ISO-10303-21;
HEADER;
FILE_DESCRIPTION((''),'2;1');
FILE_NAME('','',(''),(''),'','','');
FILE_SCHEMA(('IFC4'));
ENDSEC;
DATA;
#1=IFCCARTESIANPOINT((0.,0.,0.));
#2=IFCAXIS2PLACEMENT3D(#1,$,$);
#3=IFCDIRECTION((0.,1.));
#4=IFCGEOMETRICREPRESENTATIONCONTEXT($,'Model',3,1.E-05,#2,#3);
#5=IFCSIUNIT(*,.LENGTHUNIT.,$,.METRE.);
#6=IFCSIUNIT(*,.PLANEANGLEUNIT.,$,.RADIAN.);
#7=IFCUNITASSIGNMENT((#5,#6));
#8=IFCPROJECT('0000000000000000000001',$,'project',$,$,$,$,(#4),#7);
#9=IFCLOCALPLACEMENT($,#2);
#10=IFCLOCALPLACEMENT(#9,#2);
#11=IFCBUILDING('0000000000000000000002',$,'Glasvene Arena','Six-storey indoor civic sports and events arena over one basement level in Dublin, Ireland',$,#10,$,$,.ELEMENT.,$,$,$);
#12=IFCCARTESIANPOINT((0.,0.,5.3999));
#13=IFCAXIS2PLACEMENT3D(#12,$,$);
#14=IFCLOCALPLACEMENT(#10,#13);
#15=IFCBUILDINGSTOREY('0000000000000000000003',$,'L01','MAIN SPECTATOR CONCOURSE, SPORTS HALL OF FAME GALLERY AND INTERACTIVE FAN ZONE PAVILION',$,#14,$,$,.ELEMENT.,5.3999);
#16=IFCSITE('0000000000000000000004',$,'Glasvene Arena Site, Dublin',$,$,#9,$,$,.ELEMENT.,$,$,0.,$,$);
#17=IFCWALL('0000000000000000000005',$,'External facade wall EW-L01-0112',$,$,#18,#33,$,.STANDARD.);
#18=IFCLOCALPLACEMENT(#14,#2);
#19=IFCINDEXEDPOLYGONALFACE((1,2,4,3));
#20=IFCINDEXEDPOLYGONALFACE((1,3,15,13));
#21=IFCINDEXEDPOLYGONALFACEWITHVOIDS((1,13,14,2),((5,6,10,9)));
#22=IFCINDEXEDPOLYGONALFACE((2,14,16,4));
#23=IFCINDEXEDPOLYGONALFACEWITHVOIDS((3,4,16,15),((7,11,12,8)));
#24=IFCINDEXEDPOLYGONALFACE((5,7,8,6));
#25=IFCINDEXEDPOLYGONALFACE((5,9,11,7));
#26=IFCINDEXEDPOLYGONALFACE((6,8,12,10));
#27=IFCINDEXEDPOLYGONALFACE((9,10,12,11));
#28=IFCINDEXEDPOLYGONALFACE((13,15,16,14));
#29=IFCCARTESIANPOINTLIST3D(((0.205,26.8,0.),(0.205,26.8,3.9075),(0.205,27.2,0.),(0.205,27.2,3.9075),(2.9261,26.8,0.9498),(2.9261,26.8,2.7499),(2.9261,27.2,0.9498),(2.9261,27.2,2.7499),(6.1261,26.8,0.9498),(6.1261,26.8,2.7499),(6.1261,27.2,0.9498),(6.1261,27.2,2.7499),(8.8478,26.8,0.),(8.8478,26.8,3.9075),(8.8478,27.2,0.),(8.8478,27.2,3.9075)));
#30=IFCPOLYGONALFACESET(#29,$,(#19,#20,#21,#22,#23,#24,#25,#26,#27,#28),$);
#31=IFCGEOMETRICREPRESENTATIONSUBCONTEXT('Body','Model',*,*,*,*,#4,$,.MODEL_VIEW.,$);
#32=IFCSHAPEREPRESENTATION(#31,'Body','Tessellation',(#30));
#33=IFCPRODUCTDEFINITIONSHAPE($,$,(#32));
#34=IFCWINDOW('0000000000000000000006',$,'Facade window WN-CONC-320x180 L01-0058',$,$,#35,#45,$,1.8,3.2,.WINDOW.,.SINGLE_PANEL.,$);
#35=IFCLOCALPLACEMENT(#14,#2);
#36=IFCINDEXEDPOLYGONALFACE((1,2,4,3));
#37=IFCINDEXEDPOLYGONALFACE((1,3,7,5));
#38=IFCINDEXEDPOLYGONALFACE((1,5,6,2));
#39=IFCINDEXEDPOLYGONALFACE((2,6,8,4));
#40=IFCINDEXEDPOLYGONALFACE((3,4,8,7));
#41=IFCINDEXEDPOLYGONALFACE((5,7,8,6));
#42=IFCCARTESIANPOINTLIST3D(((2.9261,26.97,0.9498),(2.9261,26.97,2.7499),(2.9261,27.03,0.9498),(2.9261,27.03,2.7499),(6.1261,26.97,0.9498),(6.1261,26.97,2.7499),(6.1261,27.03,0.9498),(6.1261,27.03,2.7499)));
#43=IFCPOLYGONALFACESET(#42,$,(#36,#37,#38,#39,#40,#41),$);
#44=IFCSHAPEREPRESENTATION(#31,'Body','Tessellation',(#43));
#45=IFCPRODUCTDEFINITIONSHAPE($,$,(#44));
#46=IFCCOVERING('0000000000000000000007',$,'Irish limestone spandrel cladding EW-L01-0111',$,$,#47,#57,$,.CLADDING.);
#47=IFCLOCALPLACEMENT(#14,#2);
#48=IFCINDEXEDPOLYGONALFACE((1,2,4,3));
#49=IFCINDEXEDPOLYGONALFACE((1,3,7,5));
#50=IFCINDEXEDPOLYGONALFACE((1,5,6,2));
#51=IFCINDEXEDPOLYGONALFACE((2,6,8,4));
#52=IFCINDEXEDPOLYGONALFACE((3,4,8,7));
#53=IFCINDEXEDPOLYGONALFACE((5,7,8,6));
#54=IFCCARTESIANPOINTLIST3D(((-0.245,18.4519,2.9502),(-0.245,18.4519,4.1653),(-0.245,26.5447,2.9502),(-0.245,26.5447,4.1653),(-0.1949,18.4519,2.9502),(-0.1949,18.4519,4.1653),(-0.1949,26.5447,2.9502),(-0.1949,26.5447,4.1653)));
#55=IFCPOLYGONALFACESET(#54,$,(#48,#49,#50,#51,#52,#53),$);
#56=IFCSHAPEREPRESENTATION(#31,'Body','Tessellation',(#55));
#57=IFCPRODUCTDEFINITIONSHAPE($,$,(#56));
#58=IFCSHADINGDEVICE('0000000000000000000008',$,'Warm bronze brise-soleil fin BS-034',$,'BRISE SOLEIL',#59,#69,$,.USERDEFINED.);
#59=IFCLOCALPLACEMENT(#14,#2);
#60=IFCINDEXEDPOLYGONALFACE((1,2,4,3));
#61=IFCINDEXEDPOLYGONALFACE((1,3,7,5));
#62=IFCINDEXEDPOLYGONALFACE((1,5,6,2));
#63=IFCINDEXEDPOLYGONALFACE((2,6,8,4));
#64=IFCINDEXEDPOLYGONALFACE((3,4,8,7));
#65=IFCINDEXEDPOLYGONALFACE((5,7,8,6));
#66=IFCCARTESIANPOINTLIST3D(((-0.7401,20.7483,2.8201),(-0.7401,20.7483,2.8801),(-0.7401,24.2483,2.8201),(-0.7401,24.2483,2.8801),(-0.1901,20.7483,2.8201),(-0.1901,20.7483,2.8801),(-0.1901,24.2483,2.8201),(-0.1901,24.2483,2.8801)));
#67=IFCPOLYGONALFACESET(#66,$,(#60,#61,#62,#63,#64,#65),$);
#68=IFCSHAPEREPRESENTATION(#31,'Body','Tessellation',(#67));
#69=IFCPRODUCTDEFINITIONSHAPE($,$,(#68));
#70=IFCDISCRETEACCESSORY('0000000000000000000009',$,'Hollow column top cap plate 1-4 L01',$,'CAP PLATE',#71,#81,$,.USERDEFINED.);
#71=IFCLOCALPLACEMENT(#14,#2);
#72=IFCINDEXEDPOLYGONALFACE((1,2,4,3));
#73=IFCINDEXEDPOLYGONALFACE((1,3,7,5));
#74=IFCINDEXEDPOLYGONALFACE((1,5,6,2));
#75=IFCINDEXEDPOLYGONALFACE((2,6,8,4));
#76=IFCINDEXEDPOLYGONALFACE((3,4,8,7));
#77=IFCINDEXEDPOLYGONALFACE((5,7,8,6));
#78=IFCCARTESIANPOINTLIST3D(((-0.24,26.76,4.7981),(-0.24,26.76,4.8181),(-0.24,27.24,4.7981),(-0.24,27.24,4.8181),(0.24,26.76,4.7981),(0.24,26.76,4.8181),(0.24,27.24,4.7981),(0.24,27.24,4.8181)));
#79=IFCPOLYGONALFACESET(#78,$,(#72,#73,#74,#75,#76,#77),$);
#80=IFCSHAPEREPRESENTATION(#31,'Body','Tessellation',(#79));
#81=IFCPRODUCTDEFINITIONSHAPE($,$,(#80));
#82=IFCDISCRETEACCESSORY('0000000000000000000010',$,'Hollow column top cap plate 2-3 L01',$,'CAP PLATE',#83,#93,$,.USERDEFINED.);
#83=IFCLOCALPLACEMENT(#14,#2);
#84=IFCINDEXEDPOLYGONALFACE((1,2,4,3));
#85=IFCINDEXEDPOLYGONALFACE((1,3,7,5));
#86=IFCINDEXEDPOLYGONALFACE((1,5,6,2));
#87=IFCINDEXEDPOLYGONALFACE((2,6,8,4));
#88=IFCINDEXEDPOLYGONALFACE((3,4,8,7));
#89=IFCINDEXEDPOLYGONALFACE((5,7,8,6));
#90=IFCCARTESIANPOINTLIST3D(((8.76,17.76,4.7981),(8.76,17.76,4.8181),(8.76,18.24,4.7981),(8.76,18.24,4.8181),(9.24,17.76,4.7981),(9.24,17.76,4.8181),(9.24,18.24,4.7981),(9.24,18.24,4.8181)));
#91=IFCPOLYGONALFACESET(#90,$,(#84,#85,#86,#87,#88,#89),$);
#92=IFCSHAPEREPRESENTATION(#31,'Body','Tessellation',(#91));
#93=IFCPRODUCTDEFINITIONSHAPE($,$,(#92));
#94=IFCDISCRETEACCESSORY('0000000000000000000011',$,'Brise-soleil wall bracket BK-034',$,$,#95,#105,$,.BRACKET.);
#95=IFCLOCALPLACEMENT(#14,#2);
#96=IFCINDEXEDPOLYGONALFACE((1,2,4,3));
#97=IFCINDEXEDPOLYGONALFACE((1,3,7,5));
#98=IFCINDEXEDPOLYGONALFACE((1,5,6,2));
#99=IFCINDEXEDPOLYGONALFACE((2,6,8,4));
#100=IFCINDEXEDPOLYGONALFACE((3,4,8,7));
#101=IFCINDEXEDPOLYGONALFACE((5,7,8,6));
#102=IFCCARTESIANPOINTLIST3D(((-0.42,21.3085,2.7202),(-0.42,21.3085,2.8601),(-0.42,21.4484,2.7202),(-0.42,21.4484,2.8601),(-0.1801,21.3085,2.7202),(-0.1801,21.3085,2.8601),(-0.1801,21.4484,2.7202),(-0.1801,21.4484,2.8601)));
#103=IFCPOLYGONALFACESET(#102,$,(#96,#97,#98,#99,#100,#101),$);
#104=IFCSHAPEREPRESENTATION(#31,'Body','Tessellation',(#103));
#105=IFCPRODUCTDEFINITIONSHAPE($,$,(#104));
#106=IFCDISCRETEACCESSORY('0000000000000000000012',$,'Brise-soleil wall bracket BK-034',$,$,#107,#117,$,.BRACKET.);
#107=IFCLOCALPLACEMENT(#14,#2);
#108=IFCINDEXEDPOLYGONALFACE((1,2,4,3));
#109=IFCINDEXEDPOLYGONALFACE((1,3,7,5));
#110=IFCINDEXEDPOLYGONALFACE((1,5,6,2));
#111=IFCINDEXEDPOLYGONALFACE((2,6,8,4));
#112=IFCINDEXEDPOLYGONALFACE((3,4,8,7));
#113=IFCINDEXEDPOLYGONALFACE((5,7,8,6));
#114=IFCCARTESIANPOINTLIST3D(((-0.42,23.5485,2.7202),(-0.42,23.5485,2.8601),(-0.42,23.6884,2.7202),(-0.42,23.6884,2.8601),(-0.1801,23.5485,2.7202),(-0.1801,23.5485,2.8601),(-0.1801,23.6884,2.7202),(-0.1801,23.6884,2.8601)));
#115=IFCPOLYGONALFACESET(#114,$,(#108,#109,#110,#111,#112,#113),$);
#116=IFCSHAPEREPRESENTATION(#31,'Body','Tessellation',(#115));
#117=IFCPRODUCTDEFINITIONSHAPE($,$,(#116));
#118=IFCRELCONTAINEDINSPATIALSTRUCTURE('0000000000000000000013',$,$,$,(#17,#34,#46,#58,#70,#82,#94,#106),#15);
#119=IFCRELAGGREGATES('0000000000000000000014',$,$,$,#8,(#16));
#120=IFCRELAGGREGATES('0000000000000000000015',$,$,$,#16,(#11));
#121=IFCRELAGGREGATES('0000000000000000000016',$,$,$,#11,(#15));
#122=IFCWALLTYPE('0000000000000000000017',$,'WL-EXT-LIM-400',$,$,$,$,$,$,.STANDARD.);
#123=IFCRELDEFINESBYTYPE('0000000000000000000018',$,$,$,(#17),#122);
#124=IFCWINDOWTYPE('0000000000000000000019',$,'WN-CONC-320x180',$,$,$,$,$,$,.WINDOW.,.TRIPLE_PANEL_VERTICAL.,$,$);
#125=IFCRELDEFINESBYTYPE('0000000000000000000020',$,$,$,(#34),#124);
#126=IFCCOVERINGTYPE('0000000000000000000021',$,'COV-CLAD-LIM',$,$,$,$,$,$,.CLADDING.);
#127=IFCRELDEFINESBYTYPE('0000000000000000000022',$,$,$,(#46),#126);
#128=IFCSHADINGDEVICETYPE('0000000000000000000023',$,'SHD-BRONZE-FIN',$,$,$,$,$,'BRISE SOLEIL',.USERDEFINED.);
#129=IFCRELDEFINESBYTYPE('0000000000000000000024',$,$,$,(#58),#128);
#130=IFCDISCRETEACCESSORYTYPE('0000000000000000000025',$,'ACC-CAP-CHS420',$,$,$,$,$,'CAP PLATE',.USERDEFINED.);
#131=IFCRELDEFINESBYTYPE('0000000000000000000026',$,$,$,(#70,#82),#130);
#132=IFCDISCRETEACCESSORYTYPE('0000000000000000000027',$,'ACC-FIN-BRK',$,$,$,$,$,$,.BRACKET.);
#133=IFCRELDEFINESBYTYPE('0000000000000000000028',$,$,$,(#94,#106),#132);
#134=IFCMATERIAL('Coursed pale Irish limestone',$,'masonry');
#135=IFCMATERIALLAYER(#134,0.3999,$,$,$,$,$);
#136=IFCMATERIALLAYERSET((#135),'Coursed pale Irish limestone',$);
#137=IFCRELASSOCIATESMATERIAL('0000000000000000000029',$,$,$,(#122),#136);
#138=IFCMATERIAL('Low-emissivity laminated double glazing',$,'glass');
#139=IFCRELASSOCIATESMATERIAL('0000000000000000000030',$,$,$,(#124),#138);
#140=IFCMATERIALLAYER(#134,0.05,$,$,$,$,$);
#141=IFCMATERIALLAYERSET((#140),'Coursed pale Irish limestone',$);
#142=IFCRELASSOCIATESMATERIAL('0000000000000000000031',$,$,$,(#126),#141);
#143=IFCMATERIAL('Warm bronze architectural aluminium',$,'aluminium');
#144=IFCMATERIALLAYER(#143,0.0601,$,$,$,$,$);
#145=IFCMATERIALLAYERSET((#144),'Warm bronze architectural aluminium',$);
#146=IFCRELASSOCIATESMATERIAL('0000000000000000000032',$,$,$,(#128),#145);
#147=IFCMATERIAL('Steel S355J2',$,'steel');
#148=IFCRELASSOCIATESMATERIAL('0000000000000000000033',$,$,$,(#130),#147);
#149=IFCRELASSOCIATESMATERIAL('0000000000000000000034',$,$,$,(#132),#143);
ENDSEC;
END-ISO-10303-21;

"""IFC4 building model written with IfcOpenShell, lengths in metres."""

from ifc_helpers import new_model, si_unit, direction, frame, frame_2d, origin, origin_2d, place, context, subcontext, project, spatial, rectangle, extrude, material, layer, layer_set, type_object, element, fill, save


model = new_model("IFC4")

# Units and contexts
model_context = context("Model", 3, precision=1e-05, world=origin(), true_north=direction((0.0, 1.0)))
body_context = subcontext(model_context, "Body", "Model", "MODEL_VIEW")
ifc_project = project(units=[si_unit("LENGTHUNIT", "METRE"), si_unit("PLANEANGLEUNIT", "RADIAN")], contexts=[model_context])

# Site, building, storey
site_placement = place(None, origin())
site = spatial("IfcSite", under=ifc_project, at=site_placement, Name="Glasvene Arena Site, Dublin", CompositionType="ELEMENT", RefElevation=0.0)
building_placement = place(site_placement, origin())
building = spatial("IfcBuilding", under=site, at=building_placement, Name="Glasvene Arena", Description="Six-storey indoor civic sports and events arena over one basement level in Dublin, Ireland", CompositionType="ELEMENT")
storey_placement = place(building_placement, frame((0.0, 0.0, 5.3999)))
storey = spatial("IfcBuildingStorey", under=building, at=storey_placement, Name="L01", Description="MAIN SPECTATOR CONCOURSE, SPORTS HALL OF FAME GALLERY AND INTERACTIVE FAN ZONE PAVILION", CompositionType="ELEMENT", Elevation=5.3999)

# Shared definitions
ifc_material_1 = material(Name="Steel S355J2", Category="steel")

# Shared definitions
ifc_material_2 = material(Name="Low-emissivity laminated double glazing", Category="glass")

# Wall, opening, window
ifc_material_3 = material(Name="Coursed pale Irish limestone", Category="masonry")
ifc_layer_1 = layer(ifc_material_3, 0.3999)
ifc_layer_set_1 = layer_set([ifc_layer_1], Name="Coursed pale Irish limestone")
wall_type = type_object("IfcWallType", Name="WL-EXT-LIM-400", PredefinedType="STANDARD", material=ifc_layer_set_1)
window_type = type_object("IfcWindowType", Name="WN-CONC-320x180", PartitioningType="TRIPLE_PANEL_VERTICAL", PredefinedType="WINDOW", material=ifc_material_2)
wall_1_placement = place(storey_placement, frame((0.2051, 27.0, 0.0), z_axis=(0.0, 0.0, 1.0), x_axis=(1.0, 0.0, 0.0)))
wall_1 = element("IfcWall", 1, at=wall_1_placement, inside=storey, type_object=wall_type, Name="External facade wall EW-L01-0112", PredefinedType="STANDARD", context=body_context, shape_type="SweptSolid", body=[
    extrude(rectangle(XDim=8.6428, YDim=0.3999, at=frame_2d((4.3213, 0.0))), origin(), (0.0, 0.0, 1.0), 3.9075),
])
opening_1_placement = place(wall_1_placement, frame((2.7209, 0.0, 0.95)))
opening_1 = element("IfcOpeningElement", 2, at=opening_1_placement, cuts=wall_1, PredefinedType="OPENING", context=body_context, shape_type="SweptSolid", body=[
    extrude(rectangle(XDim=3.2, YDim=1.8, at=frame_2d((1.6001, 0.8999))), frame((0.0, 0.21, 0.0), z_axis=(0.0, -1.0, 0.0), x_axis=(1.0, 0.0, 0.0)), (0.0, 0.0, 1.0), 0.4199),
])
window_1_placement = place(opening_1_placement, origin())
window_1 = element("IfcWindow", 3, at=window_1_placement, inside=storey, type_object=window_type, Name="Facade window WN-CONC-320x180 L01-0058", OverallHeight=1.8, OverallWidth=3.2, PartitioningType="SINGLE_PANEL", PredefinedType="WINDOW", context=body_context, shape_type="SweptSolid", body=[
    extrude(rectangle(XDim=3.2, YDim=1.8, at=frame_2d((1.6001, 0.8999))), frame((0.0, 0.03, 0.0), z_axis=(0.0, -1.0, 0.0), x_axis=(1.0, 0.0, 0.0)), (0.0, 0.0, 1.0), 0.0601),
])
fill(opening_1, window_1)

# Covering
ifc_layer_2 = layer(ifc_material_3, 0.05)
ifc_layer_set_2 = layer_set([ifc_layer_2], Name="Coursed pale Irish limestone")
covering_type = type_object("IfcCoveringType", Name="COV-CLAD-LIM", PredefinedType="CLADDING", material=ifc_layer_set_2)
covering_placement = place(storey_placement, frame((-0.22, 22.4983, 2.9502), z_axis=(0.0, 0.0, 1.0), x_axis=(0.0, 1.0, 0.0)))
element("IfcCovering", 4, at=covering_placement, inside=storey, type_object=covering_type, Name="Irish limestone spandrel cladding EW-L01-0111", PredefinedType="CLADDING", context=body_context, shape_type="SweptSolid", body=[
    extrude(rectangle(XDim=8.0928, YDim=0.05, at=origin_2d()), origin(), (0.0, 0.0, 1.0), 1.2151),
])

# Shading device
ifc_material_4 = material(Name="Warm bronze architectural aluminium", Category="aluminium")
ifc_layer_3 = layer(ifc_material_4, 0.0601)
ifc_layer_set_3 = layer_set([ifc_layer_3], Name="Warm bronze architectural aluminium")
shading_device_type = type_object("IfcShadingDeviceType", Name="SHD-BRONZE-FIN", ElementType="BRISE SOLEIL", PredefinedType="USERDEFINED", material=ifc_layer_set_3)
shading_device_placement = place(storey_placement, frame((-0.4651, 22.4983, 2.8201), z_axis=(0.0, 0.0, 1.0), x_axis=(0.0, 1.0, 0.0)))
element("IfcShadingDevice", 5, at=shading_device_placement, inside=storey, type_object=shading_device_type, Name="Warm bronze brise-soleil fin BS-034", ObjectType="BRISE SOLEIL", PredefinedType="USERDEFINED", context=body_context, shape_type="SweptSolid", body=[
    extrude(rectangle(XDim=3.5, YDim=0.55, at=origin_2d()), origin(), (0.0, 0.0, 1.0), 0.0601),
])

# Discrete accessories
discrete_accessory_type_1 = type_object("IfcDiscreteAccessoryType", Name="ACC-CAP-CHS420", ElementType="CAP PLATE", PredefinedType="USERDEFINED", material=ifc_material_1)
for number, where, z_axis, x_axis, name in (
    (6, (0.0, 27.0, 4.7981), (0.0, 0.0, 1.0), (1.0, 0.0, 0.0), "Hollow column top cap plate 1-4 L01"),
    (7, (9.0, 18.0, 4.7981), (0.0, 0.0, 1.0), (1.0, 0.0, 0.0), "Hollow column top cap plate 2-3 L01"),
):
    element("IfcDiscreteAccessory", number, at=place(storey_placement, frame(where, z_axis=z_axis, x_axis=x_axis)), inside=storey, type_object=discrete_accessory_type_1, Name=name, ObjectType="CAP PLATE", PredefinedType="USERDEFINED", context=body_context, shape_type="SweptSolid", body=[
        extrude(rectangle(XDim=0.48, YDim=0.48, at=origin_2d()), origin(), (0.0, 0.0, 1.0), 0.02),
    ])
discrete_accessory_type_2 = type_object("IfcDiscreteAccessoryType", Name="ACC-FIN-BRK", PredefinedType="BRACKET", material=ifc_material_4)
for number, where, z_axis, x_axis, name in (
    (8, (-0.3, 21.3784, 2.7202), (0.0, 0.0, 1.0), (0.0, 1.0, 0.0), "Brise-soleil wall bracket BK-034"),
    (9, (-0.3, 23.6184, 2.7202), (0.0, 0.0, 1.0), (0.0, 1.0, 0.0), "Brise-soleil wall bracket BK-034"),
):
    element("IfcDiscreteAccessory", number, at=place(storey_placement, frame(where, z_axis=z_axis, x_axis=x_axis)), inside=storey, type_object=discrete_accessory_type_2, Name=name, PredefinedType="BRACKET", context=body_context, shape_type="SweptSolid", body=[
        extrude(rectangle(XDim=0.1399, YDim=0.24, at=origin_2d()), origin(), (0.0, 0.0, 1.0), 0.1399),
    ])

save(model, "model.ifc")
